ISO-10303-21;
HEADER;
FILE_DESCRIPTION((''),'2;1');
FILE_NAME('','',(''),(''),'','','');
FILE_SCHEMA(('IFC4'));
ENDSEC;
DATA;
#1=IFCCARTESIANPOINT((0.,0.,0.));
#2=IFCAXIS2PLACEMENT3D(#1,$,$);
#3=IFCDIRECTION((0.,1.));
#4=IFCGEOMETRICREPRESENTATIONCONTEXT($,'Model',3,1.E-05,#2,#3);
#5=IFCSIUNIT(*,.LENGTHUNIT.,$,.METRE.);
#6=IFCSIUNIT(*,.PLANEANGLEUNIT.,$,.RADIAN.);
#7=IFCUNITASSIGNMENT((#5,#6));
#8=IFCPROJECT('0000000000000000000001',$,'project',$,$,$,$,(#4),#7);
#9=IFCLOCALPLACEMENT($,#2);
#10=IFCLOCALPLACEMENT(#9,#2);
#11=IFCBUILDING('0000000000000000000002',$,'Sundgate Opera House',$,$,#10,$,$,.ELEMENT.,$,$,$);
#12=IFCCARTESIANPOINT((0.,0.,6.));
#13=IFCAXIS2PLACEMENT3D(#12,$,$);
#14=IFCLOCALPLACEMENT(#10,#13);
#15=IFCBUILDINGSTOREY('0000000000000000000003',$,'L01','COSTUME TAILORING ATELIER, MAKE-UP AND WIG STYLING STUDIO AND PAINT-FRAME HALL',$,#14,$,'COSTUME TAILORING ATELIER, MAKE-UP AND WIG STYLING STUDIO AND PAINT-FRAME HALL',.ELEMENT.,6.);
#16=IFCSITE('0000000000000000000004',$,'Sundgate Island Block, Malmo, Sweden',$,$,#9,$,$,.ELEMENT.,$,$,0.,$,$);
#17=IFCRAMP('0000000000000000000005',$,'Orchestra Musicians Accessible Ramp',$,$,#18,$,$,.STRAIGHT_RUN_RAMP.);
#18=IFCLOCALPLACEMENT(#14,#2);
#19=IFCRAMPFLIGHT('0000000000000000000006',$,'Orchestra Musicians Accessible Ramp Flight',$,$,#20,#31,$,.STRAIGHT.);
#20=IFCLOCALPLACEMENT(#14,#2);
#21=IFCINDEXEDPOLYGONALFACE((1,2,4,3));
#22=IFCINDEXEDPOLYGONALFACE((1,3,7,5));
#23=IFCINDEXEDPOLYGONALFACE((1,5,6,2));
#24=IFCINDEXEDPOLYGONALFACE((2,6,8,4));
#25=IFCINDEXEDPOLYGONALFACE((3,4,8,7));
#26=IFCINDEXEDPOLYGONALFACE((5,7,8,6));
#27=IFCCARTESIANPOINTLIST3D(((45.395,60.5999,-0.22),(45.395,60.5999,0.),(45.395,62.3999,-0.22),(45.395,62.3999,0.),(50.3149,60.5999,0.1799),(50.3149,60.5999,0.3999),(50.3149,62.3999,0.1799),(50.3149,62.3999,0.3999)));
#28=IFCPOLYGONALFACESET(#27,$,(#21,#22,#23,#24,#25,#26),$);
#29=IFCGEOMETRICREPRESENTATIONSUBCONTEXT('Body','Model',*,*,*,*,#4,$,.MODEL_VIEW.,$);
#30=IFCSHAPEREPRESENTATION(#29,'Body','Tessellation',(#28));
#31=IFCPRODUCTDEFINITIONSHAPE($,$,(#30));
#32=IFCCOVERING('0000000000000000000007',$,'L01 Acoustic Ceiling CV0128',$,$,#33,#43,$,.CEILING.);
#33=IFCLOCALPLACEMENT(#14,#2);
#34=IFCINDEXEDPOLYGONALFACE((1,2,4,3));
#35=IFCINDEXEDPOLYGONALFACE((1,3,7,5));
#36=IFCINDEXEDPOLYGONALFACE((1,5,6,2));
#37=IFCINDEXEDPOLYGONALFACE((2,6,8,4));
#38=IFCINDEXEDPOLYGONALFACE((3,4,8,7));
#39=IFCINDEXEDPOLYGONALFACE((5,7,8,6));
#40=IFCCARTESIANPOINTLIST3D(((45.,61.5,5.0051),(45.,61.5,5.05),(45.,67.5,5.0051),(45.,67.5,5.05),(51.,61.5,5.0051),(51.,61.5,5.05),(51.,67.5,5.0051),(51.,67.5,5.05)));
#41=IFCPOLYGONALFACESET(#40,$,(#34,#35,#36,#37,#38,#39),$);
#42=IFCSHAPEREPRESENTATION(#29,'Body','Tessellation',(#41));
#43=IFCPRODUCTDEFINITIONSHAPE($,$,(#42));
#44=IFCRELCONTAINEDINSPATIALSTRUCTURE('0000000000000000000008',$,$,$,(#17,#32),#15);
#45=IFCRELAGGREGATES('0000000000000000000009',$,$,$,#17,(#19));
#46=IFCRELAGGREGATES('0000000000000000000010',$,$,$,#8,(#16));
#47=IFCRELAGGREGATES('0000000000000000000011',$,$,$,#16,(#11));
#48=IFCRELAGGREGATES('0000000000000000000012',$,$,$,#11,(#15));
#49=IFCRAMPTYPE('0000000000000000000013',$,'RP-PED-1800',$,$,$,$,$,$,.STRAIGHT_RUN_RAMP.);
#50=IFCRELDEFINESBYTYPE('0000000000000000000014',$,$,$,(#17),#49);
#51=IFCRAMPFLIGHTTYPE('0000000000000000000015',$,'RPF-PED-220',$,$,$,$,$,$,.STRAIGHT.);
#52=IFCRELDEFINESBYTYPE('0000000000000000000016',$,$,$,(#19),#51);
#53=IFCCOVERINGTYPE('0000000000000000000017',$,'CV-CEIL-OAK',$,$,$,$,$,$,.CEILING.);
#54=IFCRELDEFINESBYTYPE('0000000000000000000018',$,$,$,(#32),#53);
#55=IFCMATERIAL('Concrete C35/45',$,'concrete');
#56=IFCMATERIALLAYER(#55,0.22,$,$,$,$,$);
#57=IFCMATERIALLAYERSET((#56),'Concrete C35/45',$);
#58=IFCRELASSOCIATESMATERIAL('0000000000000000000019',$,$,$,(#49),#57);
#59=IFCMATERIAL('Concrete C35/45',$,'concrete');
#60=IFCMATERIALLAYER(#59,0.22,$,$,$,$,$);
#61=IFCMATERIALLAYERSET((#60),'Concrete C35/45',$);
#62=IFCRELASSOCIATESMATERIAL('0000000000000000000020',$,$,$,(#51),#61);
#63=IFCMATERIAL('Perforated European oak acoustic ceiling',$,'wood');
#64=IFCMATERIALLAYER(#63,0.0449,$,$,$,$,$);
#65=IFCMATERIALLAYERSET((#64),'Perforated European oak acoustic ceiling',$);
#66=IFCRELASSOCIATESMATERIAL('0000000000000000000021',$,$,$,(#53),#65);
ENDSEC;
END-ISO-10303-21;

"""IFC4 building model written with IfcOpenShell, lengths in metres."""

from ifc_helpers import new_model, si_unit, direction, frame, origin, origin_2d, place, context, subcontext, project, spatial, polyline, rectangle, outline, extrude, material, layer, layer_set, type_object, element, aggregate, save


model = new_model("IFC4")

# Units and contexts
model_context = context("Model", 3, precision=1e-05, world=origin(), true_north=direction((0.0, 1.0)))
body_context = subcontext(model_context, "Body", "Model", "MODEL_VIEW")
ifc_project = project(units=[si_unit("LENGTHUNIT", "METRE"), si_unit("PLANEANGLEUNIT", "RADIAN")], contexts=[model_context])

# Site, building, storey
site_placement = place(None, origin())
site = spatial("IfcSite", under=ifc_project, at=site_placement, Name="Sundgate Island Block, Malmo, Sweden", CompositionType="ELEMENT", RefElevation=0.0)
building_placement = place(site_placement, origin())
building = spatial("IfcBuilding", under=site, at=building_placement, Name="Sundgate Opera House", CompositionType="ELEMENT")
storey_placement = place(building_placement, frame((0.0, 0.0, 6.0)))
storey = spatial("IfcBuildingStorey", under=building, at=storey_placement, Name="L01", Description="COSTUME TAILORING ATELIER, MAKE-UP AND WIG STYLING STUDIO AND PAINT-FRAME HALL", LongName="COSTUME TAILORING ATELIER, MAKE-UP AND WIG STYLING STUDIO AND PAINT-FRAME HALL", CompositionType="ELEMENT", Elevation=6.0)

# Ramp, ramp flight
ifc_material_1 = material(Name="Concrete C35/45", Category="concrete")
ifc_layer_1 = layer(ifc_material_1, 0.22)
ifc_layer_set_1 = layer_set([ifc_layer_1], Name="Concrete C35/45")
ramp_type = type_object("IfcRampType", Name="RP-PED-1800", PredefinedType="STRAIGHT_RUN_RAMP", material=ifc_layer_set_1)
ramp_placement = place(storey_placement, origin())
ramp = element("IfcRamp", 1, at=ramp_placement, inside=storey, type_object=ramp_type, Name="Orchestra Musicians Accessible Ramp", PredefinedType="STRAIGHT_RUN_RAMP")
ifc_material_2 = material(Name="Concrete C35/45", Category="concrete")
ifc_layer_2 = layer(ifc_material_2, 0.22)
ifc_layer_set_2 = layer_set([ifc_layer_2], Name="Concrete C35/45")
ramp_flight_type = type_object("IfcRampFlightType", Name="RPF-PED-220", PredefinedType="STRAIGHT", material=ifc_layer_set_2)
ramp_flight_placement = place(storey_placement, frame((45.395, 61.5, 0.0), z_axis=(0.0, 0.0, 1.0), x_axis=(1.0, 0.0, 0.0)))
ramp_flight = element("IfcRampFlight", 2, at=ramp_flight_placement, type_object=ramp_flight_type, Name="Orchestra Musicians Accessible Ramp Flight", PredefinedType="STRAIGHT", context=body_context, shape_type="SweptSolid", body=[
    extrude(outline(polyline([(0.0, 0.0), (0.0, -0.22), (4.9199, 0.1799), (4.9199, 0.3999), (0.0, 0.0)])), frame((0.0, 0.8999, 0.0), z_axis=(0.0, -1.0, 0.0), x_axis=(1.0, 0.0, 0.0)), (0.0, 0.0, 1.0), 1.8),
])
aggregate(ramp, [ramp_flight])

# Covering
ifc_material_3 = material(Name="Perforated European oak acoustic ceiling", Category="wood")
ifc_layer_3 = layer(ifc_material_3, 0.0449)
ifc_layer_set_3 = layer_set([ifc_layer_3], Name="Perforated European oak acoustic ceiling")
covering_type = type_object("IfcCoveringType", Name="CV-CEIL-OAK", PredefinedType="CEILING", material=ifc_layer_set_3)
covering_placement = place(storey_placement, frame((48.0, 64.5, 5.0051), z_axis=(0.0, 0.0, 1.0), x_axis=(1.0, 0.0, 0.0)))
element("IfcCovering", 3, at=covering_placement, inside=storey, type_object=covering_type, Name="L01 Acoustic Ceiling CV0128", PredefinedType="CEILING", context=body_context, shape_type="SweptSolid", body=[
    extrude(rectangle(XDim=6.0, YDim=6.0, at=origin_2d()), origin(), (0.0, 0.0, 1.0), 0.0449),
])

save(model, "model.ifc")
